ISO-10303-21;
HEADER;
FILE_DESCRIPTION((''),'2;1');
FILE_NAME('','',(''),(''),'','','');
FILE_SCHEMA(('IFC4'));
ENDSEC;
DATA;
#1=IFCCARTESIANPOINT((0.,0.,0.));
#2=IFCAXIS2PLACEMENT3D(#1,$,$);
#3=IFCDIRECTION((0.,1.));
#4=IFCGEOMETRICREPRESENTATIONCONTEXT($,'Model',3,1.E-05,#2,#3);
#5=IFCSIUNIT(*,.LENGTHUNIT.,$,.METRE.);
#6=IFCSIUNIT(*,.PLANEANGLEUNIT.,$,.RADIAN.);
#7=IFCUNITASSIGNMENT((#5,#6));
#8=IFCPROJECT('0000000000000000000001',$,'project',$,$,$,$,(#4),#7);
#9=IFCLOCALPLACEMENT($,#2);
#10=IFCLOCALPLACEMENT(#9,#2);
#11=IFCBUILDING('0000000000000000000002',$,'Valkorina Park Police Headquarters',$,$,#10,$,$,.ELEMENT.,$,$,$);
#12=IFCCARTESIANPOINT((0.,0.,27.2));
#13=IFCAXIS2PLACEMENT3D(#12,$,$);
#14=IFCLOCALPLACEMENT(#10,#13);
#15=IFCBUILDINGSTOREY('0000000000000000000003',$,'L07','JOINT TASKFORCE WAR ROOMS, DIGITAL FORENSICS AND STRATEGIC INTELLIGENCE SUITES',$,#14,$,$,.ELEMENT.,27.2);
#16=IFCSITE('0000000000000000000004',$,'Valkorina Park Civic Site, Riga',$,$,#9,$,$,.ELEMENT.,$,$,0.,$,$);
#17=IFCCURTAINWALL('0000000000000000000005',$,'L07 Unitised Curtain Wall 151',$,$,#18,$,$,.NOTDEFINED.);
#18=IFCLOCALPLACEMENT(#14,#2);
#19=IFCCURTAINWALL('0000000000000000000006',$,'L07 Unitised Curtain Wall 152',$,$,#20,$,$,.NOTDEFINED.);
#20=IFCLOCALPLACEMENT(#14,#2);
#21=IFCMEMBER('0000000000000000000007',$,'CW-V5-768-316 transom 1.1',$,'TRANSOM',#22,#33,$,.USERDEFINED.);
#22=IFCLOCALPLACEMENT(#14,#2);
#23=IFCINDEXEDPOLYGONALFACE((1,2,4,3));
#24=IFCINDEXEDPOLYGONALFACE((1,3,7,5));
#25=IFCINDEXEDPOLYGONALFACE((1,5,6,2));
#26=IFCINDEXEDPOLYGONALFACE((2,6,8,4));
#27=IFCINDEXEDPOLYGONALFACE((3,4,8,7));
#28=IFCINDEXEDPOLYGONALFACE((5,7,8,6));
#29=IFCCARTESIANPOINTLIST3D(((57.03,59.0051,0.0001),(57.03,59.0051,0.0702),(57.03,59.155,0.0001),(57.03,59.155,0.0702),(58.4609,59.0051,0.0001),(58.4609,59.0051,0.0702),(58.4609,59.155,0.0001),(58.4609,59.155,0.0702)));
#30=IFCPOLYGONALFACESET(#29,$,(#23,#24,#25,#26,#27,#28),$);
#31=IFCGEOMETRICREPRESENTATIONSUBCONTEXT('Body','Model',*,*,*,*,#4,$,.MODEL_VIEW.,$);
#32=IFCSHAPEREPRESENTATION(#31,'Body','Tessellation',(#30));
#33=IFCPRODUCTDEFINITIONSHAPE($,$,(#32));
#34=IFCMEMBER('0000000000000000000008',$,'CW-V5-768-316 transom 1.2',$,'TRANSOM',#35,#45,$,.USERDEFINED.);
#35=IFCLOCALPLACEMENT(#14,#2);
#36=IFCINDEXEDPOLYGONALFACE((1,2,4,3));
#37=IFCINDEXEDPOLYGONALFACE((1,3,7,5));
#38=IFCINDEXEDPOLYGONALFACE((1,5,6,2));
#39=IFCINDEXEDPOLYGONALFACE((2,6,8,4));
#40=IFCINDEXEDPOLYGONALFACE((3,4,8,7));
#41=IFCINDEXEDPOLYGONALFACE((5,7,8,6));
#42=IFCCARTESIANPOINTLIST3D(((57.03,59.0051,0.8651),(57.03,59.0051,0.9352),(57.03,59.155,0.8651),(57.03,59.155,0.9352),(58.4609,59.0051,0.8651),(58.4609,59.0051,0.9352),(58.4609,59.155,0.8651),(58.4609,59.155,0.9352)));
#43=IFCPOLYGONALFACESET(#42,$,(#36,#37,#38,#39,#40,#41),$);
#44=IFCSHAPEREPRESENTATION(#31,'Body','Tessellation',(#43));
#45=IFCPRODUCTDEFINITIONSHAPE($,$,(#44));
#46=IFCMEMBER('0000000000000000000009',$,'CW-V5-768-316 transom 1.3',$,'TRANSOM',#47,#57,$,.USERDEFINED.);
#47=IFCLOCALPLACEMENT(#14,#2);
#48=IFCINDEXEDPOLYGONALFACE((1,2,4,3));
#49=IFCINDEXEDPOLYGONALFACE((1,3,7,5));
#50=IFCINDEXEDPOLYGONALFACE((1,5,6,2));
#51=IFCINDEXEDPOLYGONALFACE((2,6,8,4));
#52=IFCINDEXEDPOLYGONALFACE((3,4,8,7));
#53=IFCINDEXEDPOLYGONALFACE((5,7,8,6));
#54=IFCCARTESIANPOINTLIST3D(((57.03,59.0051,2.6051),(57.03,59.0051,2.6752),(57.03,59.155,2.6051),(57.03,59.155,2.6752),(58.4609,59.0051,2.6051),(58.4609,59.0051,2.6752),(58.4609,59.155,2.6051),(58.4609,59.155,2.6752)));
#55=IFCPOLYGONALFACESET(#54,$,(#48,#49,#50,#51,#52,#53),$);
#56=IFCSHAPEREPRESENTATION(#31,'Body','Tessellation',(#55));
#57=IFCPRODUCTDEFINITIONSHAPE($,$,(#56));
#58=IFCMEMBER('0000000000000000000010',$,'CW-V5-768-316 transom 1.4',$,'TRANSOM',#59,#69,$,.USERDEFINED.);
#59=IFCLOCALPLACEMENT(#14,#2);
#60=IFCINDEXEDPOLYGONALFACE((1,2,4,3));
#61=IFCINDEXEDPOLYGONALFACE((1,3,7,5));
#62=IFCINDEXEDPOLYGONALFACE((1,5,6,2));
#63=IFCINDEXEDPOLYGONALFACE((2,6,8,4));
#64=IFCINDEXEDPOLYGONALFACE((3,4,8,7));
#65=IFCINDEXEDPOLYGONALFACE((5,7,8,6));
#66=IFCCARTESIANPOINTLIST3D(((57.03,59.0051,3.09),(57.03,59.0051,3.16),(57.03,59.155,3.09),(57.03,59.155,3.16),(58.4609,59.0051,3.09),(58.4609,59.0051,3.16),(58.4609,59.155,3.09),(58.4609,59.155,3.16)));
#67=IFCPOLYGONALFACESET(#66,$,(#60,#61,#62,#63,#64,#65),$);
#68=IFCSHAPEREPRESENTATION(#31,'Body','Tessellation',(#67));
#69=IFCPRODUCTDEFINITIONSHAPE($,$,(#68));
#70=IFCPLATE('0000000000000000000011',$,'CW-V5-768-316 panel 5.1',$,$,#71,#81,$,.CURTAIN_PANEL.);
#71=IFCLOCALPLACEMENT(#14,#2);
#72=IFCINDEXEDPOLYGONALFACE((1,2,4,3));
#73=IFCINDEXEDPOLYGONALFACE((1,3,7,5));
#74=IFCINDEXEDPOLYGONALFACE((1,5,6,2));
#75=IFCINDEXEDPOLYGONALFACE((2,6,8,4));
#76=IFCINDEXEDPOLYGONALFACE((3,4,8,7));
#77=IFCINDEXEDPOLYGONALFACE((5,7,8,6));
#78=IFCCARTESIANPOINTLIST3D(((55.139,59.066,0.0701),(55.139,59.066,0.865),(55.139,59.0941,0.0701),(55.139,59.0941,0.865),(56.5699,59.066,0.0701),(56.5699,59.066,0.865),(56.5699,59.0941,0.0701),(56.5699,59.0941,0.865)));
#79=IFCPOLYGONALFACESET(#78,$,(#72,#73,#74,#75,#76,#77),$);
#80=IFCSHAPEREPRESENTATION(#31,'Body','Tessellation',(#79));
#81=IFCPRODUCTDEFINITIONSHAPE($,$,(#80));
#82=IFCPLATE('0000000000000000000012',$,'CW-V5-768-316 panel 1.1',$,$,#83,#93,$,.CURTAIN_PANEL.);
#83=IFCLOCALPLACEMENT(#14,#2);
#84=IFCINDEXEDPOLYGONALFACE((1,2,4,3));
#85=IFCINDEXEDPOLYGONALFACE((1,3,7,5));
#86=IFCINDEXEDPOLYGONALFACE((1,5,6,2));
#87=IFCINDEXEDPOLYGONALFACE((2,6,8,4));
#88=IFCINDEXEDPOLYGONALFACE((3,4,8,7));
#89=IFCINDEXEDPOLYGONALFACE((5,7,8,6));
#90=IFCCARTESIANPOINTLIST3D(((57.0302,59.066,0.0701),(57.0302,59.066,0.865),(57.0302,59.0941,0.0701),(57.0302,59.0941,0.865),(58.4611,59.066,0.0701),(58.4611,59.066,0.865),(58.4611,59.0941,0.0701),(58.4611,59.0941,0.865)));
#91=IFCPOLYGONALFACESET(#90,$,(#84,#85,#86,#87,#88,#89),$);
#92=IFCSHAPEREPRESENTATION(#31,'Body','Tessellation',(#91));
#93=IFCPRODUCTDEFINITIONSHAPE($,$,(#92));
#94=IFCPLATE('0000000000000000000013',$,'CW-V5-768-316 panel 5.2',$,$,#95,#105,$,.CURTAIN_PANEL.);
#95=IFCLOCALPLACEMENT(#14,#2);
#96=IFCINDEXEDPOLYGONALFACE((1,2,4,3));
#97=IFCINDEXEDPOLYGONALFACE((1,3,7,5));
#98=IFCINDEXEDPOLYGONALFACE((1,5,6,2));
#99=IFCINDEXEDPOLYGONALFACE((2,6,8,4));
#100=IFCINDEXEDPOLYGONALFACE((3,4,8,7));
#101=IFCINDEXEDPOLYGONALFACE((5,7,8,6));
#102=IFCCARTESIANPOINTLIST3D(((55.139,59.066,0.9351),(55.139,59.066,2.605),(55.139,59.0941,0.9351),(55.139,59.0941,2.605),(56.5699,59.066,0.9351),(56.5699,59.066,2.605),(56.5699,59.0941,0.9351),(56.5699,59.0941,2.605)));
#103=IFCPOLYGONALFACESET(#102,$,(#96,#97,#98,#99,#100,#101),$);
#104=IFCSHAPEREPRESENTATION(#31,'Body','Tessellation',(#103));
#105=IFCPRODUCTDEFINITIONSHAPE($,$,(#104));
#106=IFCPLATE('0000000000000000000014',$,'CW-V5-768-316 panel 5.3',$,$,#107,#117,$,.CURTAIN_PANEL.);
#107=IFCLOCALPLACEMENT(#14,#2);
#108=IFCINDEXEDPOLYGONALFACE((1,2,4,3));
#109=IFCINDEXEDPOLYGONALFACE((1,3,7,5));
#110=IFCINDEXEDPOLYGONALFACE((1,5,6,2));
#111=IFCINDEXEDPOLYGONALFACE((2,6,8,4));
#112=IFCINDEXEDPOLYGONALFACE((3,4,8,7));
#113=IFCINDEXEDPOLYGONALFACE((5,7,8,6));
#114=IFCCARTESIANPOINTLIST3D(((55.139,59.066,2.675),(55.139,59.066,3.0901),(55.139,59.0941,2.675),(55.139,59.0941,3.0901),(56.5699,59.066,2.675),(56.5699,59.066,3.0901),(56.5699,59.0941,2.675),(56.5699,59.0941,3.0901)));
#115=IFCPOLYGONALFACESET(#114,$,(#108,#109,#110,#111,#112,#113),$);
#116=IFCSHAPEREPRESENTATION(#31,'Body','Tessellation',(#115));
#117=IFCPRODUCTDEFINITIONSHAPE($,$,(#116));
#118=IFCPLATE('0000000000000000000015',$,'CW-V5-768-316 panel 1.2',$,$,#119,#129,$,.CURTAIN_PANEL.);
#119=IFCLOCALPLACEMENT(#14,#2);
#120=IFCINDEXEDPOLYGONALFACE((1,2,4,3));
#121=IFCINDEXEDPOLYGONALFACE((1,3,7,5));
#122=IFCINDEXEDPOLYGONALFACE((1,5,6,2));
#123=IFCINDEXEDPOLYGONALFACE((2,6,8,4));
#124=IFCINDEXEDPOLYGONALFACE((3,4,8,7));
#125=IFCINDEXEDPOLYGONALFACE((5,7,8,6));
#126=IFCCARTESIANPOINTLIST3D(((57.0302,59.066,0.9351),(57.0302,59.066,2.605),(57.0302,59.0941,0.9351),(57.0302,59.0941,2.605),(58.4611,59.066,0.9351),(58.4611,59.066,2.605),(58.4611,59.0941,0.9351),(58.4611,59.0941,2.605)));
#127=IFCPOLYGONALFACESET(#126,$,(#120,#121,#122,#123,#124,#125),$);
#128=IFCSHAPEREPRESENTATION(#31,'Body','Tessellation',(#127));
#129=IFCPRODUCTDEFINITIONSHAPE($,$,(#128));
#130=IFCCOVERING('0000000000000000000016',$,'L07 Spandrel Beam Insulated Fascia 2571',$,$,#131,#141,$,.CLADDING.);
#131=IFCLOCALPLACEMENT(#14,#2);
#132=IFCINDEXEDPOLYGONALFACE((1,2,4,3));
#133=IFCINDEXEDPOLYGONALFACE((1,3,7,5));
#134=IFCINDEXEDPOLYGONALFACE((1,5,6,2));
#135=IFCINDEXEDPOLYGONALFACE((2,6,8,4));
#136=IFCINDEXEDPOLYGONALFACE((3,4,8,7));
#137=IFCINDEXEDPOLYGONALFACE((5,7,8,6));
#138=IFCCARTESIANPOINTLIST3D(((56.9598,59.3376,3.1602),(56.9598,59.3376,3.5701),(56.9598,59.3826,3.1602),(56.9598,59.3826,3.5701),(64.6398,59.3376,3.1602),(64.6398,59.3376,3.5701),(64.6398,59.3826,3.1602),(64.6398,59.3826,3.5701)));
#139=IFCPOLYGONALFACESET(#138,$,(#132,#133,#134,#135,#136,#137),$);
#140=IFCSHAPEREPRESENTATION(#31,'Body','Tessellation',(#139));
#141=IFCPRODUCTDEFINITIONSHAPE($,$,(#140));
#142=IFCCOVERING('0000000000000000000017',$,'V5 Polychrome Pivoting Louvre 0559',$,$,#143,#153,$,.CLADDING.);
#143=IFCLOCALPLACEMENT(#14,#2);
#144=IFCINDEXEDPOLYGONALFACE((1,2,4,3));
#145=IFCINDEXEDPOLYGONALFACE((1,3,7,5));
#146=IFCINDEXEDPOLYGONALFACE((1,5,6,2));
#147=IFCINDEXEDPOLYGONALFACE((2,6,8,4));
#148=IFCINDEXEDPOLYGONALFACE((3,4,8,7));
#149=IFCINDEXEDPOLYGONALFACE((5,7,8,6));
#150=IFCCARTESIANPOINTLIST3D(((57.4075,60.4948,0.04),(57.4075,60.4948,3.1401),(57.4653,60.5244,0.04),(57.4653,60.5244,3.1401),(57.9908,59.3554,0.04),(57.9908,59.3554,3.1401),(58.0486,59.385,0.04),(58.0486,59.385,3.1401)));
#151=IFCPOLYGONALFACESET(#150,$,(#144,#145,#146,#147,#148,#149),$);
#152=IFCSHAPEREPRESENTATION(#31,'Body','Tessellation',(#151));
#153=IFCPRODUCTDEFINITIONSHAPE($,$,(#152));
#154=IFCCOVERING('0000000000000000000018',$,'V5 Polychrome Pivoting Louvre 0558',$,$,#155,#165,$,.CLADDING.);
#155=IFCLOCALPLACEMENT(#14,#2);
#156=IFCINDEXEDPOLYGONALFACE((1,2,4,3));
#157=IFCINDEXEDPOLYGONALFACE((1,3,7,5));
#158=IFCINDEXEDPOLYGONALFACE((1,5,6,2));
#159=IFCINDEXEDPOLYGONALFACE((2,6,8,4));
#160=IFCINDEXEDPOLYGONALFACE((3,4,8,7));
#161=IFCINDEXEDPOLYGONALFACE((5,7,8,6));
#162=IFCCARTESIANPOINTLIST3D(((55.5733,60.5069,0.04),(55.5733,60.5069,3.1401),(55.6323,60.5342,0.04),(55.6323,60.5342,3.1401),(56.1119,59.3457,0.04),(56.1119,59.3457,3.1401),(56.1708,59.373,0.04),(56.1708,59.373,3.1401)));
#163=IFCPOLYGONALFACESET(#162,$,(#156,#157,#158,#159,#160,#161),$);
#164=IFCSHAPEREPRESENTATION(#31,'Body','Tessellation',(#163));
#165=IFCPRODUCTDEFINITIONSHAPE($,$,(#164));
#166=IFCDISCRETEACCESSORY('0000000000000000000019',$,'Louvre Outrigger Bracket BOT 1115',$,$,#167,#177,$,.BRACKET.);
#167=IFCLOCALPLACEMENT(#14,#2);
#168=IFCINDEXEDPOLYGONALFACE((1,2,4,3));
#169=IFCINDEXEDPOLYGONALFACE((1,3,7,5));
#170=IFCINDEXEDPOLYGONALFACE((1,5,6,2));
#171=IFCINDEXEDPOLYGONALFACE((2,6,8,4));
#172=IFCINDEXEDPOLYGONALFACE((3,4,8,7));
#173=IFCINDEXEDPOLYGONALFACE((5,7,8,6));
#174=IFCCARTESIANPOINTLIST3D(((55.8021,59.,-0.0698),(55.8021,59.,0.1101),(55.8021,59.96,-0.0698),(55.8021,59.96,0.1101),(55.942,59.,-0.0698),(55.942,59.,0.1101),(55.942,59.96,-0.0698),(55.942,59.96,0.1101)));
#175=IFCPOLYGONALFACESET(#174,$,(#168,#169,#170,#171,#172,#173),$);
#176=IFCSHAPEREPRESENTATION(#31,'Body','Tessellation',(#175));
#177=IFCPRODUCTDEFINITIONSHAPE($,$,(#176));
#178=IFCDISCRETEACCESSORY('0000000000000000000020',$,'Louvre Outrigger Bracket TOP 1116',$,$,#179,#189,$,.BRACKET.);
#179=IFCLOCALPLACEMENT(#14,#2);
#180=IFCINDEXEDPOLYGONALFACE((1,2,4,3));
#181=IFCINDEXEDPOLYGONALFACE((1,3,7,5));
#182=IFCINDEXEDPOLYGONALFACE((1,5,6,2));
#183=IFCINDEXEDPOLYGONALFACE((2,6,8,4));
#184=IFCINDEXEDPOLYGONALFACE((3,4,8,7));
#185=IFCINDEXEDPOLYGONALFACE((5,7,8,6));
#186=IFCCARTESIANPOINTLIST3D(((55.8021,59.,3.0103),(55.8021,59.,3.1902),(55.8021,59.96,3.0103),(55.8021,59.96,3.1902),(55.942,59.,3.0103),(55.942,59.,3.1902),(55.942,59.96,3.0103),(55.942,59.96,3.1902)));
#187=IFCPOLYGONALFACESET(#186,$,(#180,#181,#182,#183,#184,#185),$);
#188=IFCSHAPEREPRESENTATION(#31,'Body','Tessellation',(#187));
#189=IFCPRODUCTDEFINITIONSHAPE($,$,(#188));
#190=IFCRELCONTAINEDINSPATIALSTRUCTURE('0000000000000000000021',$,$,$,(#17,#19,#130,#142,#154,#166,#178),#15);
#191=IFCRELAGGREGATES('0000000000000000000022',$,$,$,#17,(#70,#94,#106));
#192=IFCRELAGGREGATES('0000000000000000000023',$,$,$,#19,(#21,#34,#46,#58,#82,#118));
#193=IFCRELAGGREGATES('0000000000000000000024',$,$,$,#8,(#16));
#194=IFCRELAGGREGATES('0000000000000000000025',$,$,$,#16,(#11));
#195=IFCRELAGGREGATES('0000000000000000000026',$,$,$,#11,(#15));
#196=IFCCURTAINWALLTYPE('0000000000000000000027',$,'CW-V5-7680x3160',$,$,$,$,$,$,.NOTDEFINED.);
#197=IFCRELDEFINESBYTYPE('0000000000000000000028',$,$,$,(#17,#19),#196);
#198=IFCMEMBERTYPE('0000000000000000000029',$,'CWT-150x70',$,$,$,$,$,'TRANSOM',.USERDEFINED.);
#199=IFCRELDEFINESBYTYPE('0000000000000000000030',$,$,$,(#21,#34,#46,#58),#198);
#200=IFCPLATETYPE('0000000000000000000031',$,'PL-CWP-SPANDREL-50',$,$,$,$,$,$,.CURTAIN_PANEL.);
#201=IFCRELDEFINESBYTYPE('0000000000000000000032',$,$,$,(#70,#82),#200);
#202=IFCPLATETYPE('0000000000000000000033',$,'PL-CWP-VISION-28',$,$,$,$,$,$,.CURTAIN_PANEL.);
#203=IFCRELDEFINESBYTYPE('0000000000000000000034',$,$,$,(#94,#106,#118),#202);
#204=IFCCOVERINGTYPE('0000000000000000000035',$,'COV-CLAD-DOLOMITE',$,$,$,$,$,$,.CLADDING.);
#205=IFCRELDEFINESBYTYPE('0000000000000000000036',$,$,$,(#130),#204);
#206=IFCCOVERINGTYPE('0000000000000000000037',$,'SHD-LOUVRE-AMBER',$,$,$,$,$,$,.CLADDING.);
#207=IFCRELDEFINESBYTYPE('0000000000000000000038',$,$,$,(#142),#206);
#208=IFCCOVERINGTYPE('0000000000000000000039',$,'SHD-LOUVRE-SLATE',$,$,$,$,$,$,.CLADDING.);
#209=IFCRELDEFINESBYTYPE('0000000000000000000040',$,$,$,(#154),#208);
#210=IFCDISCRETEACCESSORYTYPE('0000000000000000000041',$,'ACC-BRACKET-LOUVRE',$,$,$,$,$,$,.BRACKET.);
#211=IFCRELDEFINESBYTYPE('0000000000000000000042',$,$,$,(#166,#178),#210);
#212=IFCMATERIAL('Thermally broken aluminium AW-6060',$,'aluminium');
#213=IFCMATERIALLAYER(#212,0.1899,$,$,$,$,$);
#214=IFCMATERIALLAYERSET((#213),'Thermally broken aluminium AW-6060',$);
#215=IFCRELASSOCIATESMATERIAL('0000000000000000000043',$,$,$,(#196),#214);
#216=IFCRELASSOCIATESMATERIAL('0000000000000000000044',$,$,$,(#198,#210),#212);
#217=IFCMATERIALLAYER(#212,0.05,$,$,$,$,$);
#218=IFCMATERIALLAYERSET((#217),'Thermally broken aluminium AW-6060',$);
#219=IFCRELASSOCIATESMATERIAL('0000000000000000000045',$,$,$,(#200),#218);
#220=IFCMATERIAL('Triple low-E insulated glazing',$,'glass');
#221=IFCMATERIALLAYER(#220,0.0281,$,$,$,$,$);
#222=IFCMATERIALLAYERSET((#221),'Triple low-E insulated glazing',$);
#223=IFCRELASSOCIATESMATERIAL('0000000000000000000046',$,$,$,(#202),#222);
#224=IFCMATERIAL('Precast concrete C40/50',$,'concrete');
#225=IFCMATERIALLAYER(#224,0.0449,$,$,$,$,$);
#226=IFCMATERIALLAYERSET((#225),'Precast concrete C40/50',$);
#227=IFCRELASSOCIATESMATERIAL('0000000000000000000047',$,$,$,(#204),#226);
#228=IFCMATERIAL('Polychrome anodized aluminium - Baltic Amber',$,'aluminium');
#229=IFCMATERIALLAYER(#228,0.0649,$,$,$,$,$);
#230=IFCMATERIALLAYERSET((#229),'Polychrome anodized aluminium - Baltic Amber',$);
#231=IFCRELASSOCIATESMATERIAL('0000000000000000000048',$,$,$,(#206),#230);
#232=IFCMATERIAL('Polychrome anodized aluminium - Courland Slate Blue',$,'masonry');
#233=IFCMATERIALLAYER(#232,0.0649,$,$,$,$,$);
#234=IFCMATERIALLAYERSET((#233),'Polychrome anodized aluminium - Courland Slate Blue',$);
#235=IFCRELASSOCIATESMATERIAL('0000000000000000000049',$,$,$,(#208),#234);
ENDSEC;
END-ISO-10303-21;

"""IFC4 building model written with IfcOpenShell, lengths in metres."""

from ifc_helpers import new_model, si_unit, direction, frame, frame_2d, origin, origin_2d, place, context, subcontext, project, spatial, rectangle, extrude, material, layer, layer_set, material_profile, profile_set, type_object, element, aggregate, save


model = new_model("IFC4")

# Units and contexts
model_context = context("Model", 3, precision=1e-05, world=origin(), true_north=direction((0.0, 1.0)))
body_context = subcontext(model_context, "Body", "Model", "MODEL_VIEW")
ifc_project = project(units=[si_unit("LENGTHUNIT", "METRE"), si_unit("PLANEANGLEUNIT", "RADIAN")], contexts=[model_context])

# Site, building, storey
site_placement = place(None, origin())
site = spatial("IfcSite", under=ifc_project, at=site_placement, Name="Valkorina Park Civic Site, Riga", CompositionType="ELEMENT", RefElevation=0.0)
building_placement = place(site_placement, origin())
building = spatial("IfcBuilding", under=site, at=building_placement, Name="Valkorina Park Police Headquarters", CompositionType="ELEMENT")
storey_placement = place(building_placement, frame((0.0, 0.0, 27.2)))
storey = spatial("IfcBuildingStorey", under=building, at=storey_placement, Name="L07", Description="JOINT TASKFORCE WAR ROOMS, DIGITAL FORENSICS AND STRATEGIC INTELLIGENCE SUITES", CompositionType="ELEMENT", Elevation=27.2)

# Curtain wall
ifc_material_1 = material(Name="Thermally broken aluminium AW-6060", Category="aluminium")
ifc_layer_1 = layer(ifc_material_1, 0.1899)
ifc_layer_set_1 = layer_set([ifc_layer_1], Name="Thermally broken aluminium AW-6060")
curtain_wall_type = type_object("IfcCurtainWallType", Name="CW-V5-7680x3160", PredefinedType="NOTDEFINED", material=ifc_layer_set_1)
curtain_wall_1_placement = place(storey_placement, origin())
curtain_wall_1 = element("IfcCurtainWall", 1, at=curtain_wall_1_placement, inside=storey, type_object=curtain_wall_type, Name="L07 Unitised Curtain Wall 151", PredefinedType="NOTDEFINED")

# Curtain wall
curtain_wall_2_placement = place(storey_placement, origin())
curtain_wall_2 = element("IfcCurtainWall", 2, at=curtain_wall_2_placement, inside=storey, type_object=curtain_wall_type, Name="L07 Unitised Curtain Wall 152", PredefinedType="NOTDEFINED")

# Members
ifc_material_profile_1 = material_profile(ifc_material_1, rectangle(XDim=0.1499, YDim=0.0701, at=origin_2d()), Name="CWT-02 150x70")
ifc_profile_set_1 = profile_set([ifc_material_profile_1], Name="Thermally broken aluminium AW-6060")
member_type_1 = type_object("IfcMemberType", Name="CWT-150x70", ElementType="TRANSOM", PredefinedType="USERDEFINED", material=ifc_profile_set_1)
member_1_placement = place(storey_placement, frame((57.03, 59.0801, 0.0352), z_axis=(1.0, 0.0, 0.0), x_axis=(0.0, 1.0, 0.0)))
member_1 = element("IfcMember", 3, at=member_1_placement, type_object=member_type_1, Name="CW-V5-768-316 transom 1.1", ObjectType="TRANSOM", PredefinedType="USERDEFINED", context=body_context, shape_type="SweptSolid", body=[
    extrude(rectangle(XDim=0.1499, YDim=0.0701, at=origin_2d()), origin(), (0.0, 0.0, 1.0), 1.4309),
])
member_2_placement = place(storey_placement, frame((57.03, 59.0801, 0.9001), z_axis=(1.0, 0.0, 0.0), x_axis=(0.0, 1.0, 0.0)))
member_2 = element("IfcMember", 4, at=member_2_placement, type_object=member_type_1, Name="CW-V5-768-316 transom 1.2", ObjectType="TRANSOM", PredefinedType="USERDEFINED", context=body_context, shape_type="SweptSolid", body=[
    extrude(rectangle(XDim=0.1499, YDim=0.0701, at=origin_2d()), origin(), (0.0, 0.0, 1.0), 1.4309),
])
member_3_placement = place(storey_placement, frame((57.03, 59.0801, 2.6401), z_axis=(1.0, 0.0, 0.0), x_axis=(0.0, 1.0, 0.0)))
member_3 = element("IfcMember", 5, at=member_3_placement, type_object=member_type_1, Name="CW-V5-768-316 transom 1.3", ObjectType="TRANSOM", PredefinedType="USERDEFINED", context=body_context, shape_type="SweptSolid", body=[
    extrude(rectangle(XDim=0.1499, YDim=0.0701, at=origin_2d()), origin(), (0.0, 0.0, 1.0), 1.4309),
])
member_4_placement = place(storey_placement, frame((57.03, 59.0801, 3.125), z_axis=(1.0, 0.0, 0.0), x_axis=(0.0, 1.0, 0.0)))
member_4 = element("IfcMember", 6, at=member_4_placement, type_object=member_type_1, Name="CW-V5-768-316 transom 1.4", ObjectType="TRANSOM", PredefinedType="USERDEFINED", context=body_context, shape_type="SweptSolid", body=[
    extrude(rectangle(XDim=0.1499, YDim=0.0701, at=origin_2d()), origin(), (0.0, 0.0, 1.0), 1.4309),
])

# Plates
ifc_layer_2 = layer(ifc_material_1, 0.05)
ifc_layer_set_2 = layer_set([ifc_layer_2], Name="Thermally broken aluminium AW-6060")
plate_type_1 = type_object("IfcPlateType", Name="PL-CWP-SPANDREL-50", PredefinedType="CURTAIN_PANEL", material=ifc_layer_set_2)
plate_1_placement = place(storey_placement, frame((55.8545, 59.0801, 0.0701), z_axis=(0.0, 0.0, 1.0), x_axis=(1.0, 0.0, 0.0)))
plate_1 = element("IfcPlate", 7, at=plate_1_placement, type_object=plate_type_1, Name="CW-V5-768-316 panel 5.1", PredefinedType="CURTAIN_PANEL", context=body_context, shape_type="SweptSolid", body=[
    extrude(rectangle(XDim=1.4309, YDim=0.0281, at=origin_2d()), origin(), (0.0, 0.0, 1.0), 0.7949),
])
plate_2_placement = place(storey_placement, frame((57.7456, 59.0801, 0.0701), z_axis=(0.0, 0.0, 1.0), x_axis=(1.0, 0.0, 0.0)))
plate_2 = element("IfcPlate", 8, at=plate_2_placement, type_object=plate_type_1, Name="CW-V5-768-316 panel 1.1", PredefinedType="CURTAIN_PANEL", context=body_context, shape_type="SweptSolid", body=[
    extrude(rectangle(XDim=1.4309, YDim=0.0281, at=origin_2d()), origin(), (0.0, 0.0, 1.0), 0.7949),
])
ifc_material_2 = material(Name="Triple low-E insulated glazing", Category="glass")
ifc_layer_3 = layer(ifc_material_2, 0.0281)
ifc_layer_set_3 = layer_set([ifc_layer_3], Name="Triple low-E insulated glazing")
plate_type_2 = type_object("IfcPlateType", Name="PL-CWP-VISION-28", PredefinedType="CURTAIN_PANEL", material=ifc_layer_set_3)
plate_3_placement = place(storey_placement, frame((55.8545, 59.0801, 0.9351), z_axis=(0.0, 0.0, 1.0), x_axis=(1.0, 0.0, 0.0)))
plate_3 = element("IfcPlate", 9, at=plate_3_placement, type_object=plate_type_2, Name="CW-V5-768-316 panel 5.2", PredefinedType="CURTAIN_PANEL", context=body_context, shape_type="SweptSolid", body=[
    extrude(rectangle(XDim=1.4309, YDim=0.0281, at=origin_2d()), origin(), (0.0, 0.0, 1.0), 1.6699),
])
plate_4_placement = place(storey_placement, frame((55.8545, 59.0801, 2.675), z_axis=(0.0, 0.0, 1.0), x_axis=(1.0, 0.0, 0.0)))
plate_4 = element("IfcPlate", 10, at=plate_4_placement, type_object=plate_type_2, Name="CW-V5-768-316 panel 5.3", PredefinedType="CURTAIN_PANEL", context=body_context, shape_type="SweptSolid", body=[
    extrude(rectangle(XDim=1.4309, YDim=0.0281, at=origin_2d()), origin(), (0.0, 0.0, 1.0), 0.415),
])
aggregate(curtain_wall_1, [plate_1, plate_3, plate_4])
plate_5_placement = place(storey_placement, frame((57.7456, 59.0801, 0.9351), z_axis=(0.0, 0.0, 1.0), x_axis=(1.0, 0.0, 0.0)))
plate_5 = element("IfcPlate", 11, at=plate_5_placement, type_object=plate_type_2, Name="CW-V5-768-316 panel 1.2", PredefinedType="CURTAIN_PANEL", context=body_context, shape_type="SweptSolid", body=[
    extrude(rectangle(XDim=1.4309, YDim=0.0281, at=origin_2d()), origin(), (0.0, 0.0, 1.0), 1.6699),
])
aggregate(curtain_wall_2, [member_1, member_2, member_3, member_4, plate_2, plate_5])

# Coverings
ifc_material_3 = material(Name="Precast concrete C40/50", Category="concrete")
ifc_layer_4 = layer(ifc_material_3, 0.0449)
ifc_layer_set_4 = layer_set([ifc_layer_4], Name="Precast concrete C40/50")
covering_type_1 = type_object("IfcCoveringType", Name="COV-CLAD-DOLOMITE", PredefinedType="CLADDING", material=ifc_layer_set_4)
covering_1_placement = place(storey_placement, frame((56.96, 59.3601, 3.1602), z_axis=(0.0, 0.0, 1.0), x_axis=(1.0, 0.0, 0.0)))
element("IfcCovering", 12, at=covering_1_placement, inside=storey, type_object=covering_type_1, Name="L07 Spandrel Beam Insulated Fascia 2571", PredefinedType="CLADDING", context=body_context, shape_type="SweptSolid", body=[
    extrude(rectangle(XDim=7.6799, YDim=0.0449, at=frame_2d((3.8398, 0.0))), origin(), (0.0, 0.0, 1.0), 0.4099),
])
ifc_material_4 = material(Name="Polychrome anodized aluminium - Baltic Amber", Category="aluminium")
ifc_layer_5 = layer(ifc_material_4, 0.0649)
ifc_layer_set_5 = layer_set([ifc_layer_5], Name="Polychrome anodized aluminium - Baltic Amber")
covering_type_2 = type_object("IfcCoveringType", Name="SHD-LOUVRE-AMBER", PredefinedType="CLADDING", material=ifc_layer_set_5)
covering_2_placement = place(storey_placement, frame((57.728, 59.9399, 0.04), z_axis=(0.0, 0.0, 1.0), x_axis=(-0.4557, 0.890133, 0.0)))
element("IfcCovering", 13, at=covering_2_placement, inside=storey, type_object=covering_type_2, Name="V5 Polychrome Pivoting Louvre 0559", PredefinedType="CLADDING", context=body_context, shape_type="SweptSolid", body=[
    extrude(rectangle(XDim=1.28, YDim=0.0649, at=origin_2d()), origin(), (0.0, 0.0, 1.0), 3.1001),
])
ifc_material_5 = material(Name="Polychrome anodized aluminium - Courland Slate Blue", Category="masonry")
ifc_layer_6 = layer(ifc_material_5, 0.0649)
ifc_layer_set_6 = layer_set([ifc_layer_6], Name="Polychrome anodized aluminium - Courland Slate Blue")
covering_type_3 = type_object("IfcCoveringType", Name="SHD-LOUVRE-SLATE", PredefinedType="CLADDING", material=ifc_layer_set_6)
covering_3_placement = place(storey_placement, frame((55.8721, 59.9399, 0.04), z_axis=(0.0, 0.0, 1.0), x_axis=(-0.420719, 0.907191, 0.0)))
element("IfcCovering", 14, at=covering_3_placement, inside=storey, type_object=covering_type_3, Name="V5 Polychrome Pivoting Louvre 0558", PredefinedType="CLADDING", context=body_context, shape_type="SweptSolid", body=[
    extrude(rectangle(XDim=1.28, YDim=0.0649, at=origin_2d()), origin(), (0.0, 0.0, 1.0), 3.1001),
])

# Discrete accessories
discrete_accessory_type = type_object("IfcDiscreteAccessoryType", Name="ACC-BRACKET-LOUVRE", PredefinedType="BRACKET", material=ifc_material_1)
for number, where, z_axis, x_axis, name in (
    (15, (55.8721, 59.48, -0.0698), (0.0, 0.0, 1.0), (0.0, 1.0, 0.0), "Louvre Outrigger Bracket BOT 1115"),
    (16, (55.8721, 59.48, 3.0103), (0.0, 0.0, 1.0), (0.0, 1.0, 0.0), "Louvre Outrigger Bracket TOP 1116"),
):
    element("IfcDiscreteAccessory", number, at=place(storey_placement, frame(where, z_axis=z_axis, x_axis=x_axis)), inside=storey, type_object=discrete_accessory_type, Name=name, PredefinedType="BRACKET", context=body_context, shape_type="SweptSolid", body=[
        extrude(rectangle(XDim=0.96, YDim=0.1399, at=origin_2d()), origin(), (0.0, 0.0, 1.0), 0.1799),
    ])

save(model, "model.ifc")
